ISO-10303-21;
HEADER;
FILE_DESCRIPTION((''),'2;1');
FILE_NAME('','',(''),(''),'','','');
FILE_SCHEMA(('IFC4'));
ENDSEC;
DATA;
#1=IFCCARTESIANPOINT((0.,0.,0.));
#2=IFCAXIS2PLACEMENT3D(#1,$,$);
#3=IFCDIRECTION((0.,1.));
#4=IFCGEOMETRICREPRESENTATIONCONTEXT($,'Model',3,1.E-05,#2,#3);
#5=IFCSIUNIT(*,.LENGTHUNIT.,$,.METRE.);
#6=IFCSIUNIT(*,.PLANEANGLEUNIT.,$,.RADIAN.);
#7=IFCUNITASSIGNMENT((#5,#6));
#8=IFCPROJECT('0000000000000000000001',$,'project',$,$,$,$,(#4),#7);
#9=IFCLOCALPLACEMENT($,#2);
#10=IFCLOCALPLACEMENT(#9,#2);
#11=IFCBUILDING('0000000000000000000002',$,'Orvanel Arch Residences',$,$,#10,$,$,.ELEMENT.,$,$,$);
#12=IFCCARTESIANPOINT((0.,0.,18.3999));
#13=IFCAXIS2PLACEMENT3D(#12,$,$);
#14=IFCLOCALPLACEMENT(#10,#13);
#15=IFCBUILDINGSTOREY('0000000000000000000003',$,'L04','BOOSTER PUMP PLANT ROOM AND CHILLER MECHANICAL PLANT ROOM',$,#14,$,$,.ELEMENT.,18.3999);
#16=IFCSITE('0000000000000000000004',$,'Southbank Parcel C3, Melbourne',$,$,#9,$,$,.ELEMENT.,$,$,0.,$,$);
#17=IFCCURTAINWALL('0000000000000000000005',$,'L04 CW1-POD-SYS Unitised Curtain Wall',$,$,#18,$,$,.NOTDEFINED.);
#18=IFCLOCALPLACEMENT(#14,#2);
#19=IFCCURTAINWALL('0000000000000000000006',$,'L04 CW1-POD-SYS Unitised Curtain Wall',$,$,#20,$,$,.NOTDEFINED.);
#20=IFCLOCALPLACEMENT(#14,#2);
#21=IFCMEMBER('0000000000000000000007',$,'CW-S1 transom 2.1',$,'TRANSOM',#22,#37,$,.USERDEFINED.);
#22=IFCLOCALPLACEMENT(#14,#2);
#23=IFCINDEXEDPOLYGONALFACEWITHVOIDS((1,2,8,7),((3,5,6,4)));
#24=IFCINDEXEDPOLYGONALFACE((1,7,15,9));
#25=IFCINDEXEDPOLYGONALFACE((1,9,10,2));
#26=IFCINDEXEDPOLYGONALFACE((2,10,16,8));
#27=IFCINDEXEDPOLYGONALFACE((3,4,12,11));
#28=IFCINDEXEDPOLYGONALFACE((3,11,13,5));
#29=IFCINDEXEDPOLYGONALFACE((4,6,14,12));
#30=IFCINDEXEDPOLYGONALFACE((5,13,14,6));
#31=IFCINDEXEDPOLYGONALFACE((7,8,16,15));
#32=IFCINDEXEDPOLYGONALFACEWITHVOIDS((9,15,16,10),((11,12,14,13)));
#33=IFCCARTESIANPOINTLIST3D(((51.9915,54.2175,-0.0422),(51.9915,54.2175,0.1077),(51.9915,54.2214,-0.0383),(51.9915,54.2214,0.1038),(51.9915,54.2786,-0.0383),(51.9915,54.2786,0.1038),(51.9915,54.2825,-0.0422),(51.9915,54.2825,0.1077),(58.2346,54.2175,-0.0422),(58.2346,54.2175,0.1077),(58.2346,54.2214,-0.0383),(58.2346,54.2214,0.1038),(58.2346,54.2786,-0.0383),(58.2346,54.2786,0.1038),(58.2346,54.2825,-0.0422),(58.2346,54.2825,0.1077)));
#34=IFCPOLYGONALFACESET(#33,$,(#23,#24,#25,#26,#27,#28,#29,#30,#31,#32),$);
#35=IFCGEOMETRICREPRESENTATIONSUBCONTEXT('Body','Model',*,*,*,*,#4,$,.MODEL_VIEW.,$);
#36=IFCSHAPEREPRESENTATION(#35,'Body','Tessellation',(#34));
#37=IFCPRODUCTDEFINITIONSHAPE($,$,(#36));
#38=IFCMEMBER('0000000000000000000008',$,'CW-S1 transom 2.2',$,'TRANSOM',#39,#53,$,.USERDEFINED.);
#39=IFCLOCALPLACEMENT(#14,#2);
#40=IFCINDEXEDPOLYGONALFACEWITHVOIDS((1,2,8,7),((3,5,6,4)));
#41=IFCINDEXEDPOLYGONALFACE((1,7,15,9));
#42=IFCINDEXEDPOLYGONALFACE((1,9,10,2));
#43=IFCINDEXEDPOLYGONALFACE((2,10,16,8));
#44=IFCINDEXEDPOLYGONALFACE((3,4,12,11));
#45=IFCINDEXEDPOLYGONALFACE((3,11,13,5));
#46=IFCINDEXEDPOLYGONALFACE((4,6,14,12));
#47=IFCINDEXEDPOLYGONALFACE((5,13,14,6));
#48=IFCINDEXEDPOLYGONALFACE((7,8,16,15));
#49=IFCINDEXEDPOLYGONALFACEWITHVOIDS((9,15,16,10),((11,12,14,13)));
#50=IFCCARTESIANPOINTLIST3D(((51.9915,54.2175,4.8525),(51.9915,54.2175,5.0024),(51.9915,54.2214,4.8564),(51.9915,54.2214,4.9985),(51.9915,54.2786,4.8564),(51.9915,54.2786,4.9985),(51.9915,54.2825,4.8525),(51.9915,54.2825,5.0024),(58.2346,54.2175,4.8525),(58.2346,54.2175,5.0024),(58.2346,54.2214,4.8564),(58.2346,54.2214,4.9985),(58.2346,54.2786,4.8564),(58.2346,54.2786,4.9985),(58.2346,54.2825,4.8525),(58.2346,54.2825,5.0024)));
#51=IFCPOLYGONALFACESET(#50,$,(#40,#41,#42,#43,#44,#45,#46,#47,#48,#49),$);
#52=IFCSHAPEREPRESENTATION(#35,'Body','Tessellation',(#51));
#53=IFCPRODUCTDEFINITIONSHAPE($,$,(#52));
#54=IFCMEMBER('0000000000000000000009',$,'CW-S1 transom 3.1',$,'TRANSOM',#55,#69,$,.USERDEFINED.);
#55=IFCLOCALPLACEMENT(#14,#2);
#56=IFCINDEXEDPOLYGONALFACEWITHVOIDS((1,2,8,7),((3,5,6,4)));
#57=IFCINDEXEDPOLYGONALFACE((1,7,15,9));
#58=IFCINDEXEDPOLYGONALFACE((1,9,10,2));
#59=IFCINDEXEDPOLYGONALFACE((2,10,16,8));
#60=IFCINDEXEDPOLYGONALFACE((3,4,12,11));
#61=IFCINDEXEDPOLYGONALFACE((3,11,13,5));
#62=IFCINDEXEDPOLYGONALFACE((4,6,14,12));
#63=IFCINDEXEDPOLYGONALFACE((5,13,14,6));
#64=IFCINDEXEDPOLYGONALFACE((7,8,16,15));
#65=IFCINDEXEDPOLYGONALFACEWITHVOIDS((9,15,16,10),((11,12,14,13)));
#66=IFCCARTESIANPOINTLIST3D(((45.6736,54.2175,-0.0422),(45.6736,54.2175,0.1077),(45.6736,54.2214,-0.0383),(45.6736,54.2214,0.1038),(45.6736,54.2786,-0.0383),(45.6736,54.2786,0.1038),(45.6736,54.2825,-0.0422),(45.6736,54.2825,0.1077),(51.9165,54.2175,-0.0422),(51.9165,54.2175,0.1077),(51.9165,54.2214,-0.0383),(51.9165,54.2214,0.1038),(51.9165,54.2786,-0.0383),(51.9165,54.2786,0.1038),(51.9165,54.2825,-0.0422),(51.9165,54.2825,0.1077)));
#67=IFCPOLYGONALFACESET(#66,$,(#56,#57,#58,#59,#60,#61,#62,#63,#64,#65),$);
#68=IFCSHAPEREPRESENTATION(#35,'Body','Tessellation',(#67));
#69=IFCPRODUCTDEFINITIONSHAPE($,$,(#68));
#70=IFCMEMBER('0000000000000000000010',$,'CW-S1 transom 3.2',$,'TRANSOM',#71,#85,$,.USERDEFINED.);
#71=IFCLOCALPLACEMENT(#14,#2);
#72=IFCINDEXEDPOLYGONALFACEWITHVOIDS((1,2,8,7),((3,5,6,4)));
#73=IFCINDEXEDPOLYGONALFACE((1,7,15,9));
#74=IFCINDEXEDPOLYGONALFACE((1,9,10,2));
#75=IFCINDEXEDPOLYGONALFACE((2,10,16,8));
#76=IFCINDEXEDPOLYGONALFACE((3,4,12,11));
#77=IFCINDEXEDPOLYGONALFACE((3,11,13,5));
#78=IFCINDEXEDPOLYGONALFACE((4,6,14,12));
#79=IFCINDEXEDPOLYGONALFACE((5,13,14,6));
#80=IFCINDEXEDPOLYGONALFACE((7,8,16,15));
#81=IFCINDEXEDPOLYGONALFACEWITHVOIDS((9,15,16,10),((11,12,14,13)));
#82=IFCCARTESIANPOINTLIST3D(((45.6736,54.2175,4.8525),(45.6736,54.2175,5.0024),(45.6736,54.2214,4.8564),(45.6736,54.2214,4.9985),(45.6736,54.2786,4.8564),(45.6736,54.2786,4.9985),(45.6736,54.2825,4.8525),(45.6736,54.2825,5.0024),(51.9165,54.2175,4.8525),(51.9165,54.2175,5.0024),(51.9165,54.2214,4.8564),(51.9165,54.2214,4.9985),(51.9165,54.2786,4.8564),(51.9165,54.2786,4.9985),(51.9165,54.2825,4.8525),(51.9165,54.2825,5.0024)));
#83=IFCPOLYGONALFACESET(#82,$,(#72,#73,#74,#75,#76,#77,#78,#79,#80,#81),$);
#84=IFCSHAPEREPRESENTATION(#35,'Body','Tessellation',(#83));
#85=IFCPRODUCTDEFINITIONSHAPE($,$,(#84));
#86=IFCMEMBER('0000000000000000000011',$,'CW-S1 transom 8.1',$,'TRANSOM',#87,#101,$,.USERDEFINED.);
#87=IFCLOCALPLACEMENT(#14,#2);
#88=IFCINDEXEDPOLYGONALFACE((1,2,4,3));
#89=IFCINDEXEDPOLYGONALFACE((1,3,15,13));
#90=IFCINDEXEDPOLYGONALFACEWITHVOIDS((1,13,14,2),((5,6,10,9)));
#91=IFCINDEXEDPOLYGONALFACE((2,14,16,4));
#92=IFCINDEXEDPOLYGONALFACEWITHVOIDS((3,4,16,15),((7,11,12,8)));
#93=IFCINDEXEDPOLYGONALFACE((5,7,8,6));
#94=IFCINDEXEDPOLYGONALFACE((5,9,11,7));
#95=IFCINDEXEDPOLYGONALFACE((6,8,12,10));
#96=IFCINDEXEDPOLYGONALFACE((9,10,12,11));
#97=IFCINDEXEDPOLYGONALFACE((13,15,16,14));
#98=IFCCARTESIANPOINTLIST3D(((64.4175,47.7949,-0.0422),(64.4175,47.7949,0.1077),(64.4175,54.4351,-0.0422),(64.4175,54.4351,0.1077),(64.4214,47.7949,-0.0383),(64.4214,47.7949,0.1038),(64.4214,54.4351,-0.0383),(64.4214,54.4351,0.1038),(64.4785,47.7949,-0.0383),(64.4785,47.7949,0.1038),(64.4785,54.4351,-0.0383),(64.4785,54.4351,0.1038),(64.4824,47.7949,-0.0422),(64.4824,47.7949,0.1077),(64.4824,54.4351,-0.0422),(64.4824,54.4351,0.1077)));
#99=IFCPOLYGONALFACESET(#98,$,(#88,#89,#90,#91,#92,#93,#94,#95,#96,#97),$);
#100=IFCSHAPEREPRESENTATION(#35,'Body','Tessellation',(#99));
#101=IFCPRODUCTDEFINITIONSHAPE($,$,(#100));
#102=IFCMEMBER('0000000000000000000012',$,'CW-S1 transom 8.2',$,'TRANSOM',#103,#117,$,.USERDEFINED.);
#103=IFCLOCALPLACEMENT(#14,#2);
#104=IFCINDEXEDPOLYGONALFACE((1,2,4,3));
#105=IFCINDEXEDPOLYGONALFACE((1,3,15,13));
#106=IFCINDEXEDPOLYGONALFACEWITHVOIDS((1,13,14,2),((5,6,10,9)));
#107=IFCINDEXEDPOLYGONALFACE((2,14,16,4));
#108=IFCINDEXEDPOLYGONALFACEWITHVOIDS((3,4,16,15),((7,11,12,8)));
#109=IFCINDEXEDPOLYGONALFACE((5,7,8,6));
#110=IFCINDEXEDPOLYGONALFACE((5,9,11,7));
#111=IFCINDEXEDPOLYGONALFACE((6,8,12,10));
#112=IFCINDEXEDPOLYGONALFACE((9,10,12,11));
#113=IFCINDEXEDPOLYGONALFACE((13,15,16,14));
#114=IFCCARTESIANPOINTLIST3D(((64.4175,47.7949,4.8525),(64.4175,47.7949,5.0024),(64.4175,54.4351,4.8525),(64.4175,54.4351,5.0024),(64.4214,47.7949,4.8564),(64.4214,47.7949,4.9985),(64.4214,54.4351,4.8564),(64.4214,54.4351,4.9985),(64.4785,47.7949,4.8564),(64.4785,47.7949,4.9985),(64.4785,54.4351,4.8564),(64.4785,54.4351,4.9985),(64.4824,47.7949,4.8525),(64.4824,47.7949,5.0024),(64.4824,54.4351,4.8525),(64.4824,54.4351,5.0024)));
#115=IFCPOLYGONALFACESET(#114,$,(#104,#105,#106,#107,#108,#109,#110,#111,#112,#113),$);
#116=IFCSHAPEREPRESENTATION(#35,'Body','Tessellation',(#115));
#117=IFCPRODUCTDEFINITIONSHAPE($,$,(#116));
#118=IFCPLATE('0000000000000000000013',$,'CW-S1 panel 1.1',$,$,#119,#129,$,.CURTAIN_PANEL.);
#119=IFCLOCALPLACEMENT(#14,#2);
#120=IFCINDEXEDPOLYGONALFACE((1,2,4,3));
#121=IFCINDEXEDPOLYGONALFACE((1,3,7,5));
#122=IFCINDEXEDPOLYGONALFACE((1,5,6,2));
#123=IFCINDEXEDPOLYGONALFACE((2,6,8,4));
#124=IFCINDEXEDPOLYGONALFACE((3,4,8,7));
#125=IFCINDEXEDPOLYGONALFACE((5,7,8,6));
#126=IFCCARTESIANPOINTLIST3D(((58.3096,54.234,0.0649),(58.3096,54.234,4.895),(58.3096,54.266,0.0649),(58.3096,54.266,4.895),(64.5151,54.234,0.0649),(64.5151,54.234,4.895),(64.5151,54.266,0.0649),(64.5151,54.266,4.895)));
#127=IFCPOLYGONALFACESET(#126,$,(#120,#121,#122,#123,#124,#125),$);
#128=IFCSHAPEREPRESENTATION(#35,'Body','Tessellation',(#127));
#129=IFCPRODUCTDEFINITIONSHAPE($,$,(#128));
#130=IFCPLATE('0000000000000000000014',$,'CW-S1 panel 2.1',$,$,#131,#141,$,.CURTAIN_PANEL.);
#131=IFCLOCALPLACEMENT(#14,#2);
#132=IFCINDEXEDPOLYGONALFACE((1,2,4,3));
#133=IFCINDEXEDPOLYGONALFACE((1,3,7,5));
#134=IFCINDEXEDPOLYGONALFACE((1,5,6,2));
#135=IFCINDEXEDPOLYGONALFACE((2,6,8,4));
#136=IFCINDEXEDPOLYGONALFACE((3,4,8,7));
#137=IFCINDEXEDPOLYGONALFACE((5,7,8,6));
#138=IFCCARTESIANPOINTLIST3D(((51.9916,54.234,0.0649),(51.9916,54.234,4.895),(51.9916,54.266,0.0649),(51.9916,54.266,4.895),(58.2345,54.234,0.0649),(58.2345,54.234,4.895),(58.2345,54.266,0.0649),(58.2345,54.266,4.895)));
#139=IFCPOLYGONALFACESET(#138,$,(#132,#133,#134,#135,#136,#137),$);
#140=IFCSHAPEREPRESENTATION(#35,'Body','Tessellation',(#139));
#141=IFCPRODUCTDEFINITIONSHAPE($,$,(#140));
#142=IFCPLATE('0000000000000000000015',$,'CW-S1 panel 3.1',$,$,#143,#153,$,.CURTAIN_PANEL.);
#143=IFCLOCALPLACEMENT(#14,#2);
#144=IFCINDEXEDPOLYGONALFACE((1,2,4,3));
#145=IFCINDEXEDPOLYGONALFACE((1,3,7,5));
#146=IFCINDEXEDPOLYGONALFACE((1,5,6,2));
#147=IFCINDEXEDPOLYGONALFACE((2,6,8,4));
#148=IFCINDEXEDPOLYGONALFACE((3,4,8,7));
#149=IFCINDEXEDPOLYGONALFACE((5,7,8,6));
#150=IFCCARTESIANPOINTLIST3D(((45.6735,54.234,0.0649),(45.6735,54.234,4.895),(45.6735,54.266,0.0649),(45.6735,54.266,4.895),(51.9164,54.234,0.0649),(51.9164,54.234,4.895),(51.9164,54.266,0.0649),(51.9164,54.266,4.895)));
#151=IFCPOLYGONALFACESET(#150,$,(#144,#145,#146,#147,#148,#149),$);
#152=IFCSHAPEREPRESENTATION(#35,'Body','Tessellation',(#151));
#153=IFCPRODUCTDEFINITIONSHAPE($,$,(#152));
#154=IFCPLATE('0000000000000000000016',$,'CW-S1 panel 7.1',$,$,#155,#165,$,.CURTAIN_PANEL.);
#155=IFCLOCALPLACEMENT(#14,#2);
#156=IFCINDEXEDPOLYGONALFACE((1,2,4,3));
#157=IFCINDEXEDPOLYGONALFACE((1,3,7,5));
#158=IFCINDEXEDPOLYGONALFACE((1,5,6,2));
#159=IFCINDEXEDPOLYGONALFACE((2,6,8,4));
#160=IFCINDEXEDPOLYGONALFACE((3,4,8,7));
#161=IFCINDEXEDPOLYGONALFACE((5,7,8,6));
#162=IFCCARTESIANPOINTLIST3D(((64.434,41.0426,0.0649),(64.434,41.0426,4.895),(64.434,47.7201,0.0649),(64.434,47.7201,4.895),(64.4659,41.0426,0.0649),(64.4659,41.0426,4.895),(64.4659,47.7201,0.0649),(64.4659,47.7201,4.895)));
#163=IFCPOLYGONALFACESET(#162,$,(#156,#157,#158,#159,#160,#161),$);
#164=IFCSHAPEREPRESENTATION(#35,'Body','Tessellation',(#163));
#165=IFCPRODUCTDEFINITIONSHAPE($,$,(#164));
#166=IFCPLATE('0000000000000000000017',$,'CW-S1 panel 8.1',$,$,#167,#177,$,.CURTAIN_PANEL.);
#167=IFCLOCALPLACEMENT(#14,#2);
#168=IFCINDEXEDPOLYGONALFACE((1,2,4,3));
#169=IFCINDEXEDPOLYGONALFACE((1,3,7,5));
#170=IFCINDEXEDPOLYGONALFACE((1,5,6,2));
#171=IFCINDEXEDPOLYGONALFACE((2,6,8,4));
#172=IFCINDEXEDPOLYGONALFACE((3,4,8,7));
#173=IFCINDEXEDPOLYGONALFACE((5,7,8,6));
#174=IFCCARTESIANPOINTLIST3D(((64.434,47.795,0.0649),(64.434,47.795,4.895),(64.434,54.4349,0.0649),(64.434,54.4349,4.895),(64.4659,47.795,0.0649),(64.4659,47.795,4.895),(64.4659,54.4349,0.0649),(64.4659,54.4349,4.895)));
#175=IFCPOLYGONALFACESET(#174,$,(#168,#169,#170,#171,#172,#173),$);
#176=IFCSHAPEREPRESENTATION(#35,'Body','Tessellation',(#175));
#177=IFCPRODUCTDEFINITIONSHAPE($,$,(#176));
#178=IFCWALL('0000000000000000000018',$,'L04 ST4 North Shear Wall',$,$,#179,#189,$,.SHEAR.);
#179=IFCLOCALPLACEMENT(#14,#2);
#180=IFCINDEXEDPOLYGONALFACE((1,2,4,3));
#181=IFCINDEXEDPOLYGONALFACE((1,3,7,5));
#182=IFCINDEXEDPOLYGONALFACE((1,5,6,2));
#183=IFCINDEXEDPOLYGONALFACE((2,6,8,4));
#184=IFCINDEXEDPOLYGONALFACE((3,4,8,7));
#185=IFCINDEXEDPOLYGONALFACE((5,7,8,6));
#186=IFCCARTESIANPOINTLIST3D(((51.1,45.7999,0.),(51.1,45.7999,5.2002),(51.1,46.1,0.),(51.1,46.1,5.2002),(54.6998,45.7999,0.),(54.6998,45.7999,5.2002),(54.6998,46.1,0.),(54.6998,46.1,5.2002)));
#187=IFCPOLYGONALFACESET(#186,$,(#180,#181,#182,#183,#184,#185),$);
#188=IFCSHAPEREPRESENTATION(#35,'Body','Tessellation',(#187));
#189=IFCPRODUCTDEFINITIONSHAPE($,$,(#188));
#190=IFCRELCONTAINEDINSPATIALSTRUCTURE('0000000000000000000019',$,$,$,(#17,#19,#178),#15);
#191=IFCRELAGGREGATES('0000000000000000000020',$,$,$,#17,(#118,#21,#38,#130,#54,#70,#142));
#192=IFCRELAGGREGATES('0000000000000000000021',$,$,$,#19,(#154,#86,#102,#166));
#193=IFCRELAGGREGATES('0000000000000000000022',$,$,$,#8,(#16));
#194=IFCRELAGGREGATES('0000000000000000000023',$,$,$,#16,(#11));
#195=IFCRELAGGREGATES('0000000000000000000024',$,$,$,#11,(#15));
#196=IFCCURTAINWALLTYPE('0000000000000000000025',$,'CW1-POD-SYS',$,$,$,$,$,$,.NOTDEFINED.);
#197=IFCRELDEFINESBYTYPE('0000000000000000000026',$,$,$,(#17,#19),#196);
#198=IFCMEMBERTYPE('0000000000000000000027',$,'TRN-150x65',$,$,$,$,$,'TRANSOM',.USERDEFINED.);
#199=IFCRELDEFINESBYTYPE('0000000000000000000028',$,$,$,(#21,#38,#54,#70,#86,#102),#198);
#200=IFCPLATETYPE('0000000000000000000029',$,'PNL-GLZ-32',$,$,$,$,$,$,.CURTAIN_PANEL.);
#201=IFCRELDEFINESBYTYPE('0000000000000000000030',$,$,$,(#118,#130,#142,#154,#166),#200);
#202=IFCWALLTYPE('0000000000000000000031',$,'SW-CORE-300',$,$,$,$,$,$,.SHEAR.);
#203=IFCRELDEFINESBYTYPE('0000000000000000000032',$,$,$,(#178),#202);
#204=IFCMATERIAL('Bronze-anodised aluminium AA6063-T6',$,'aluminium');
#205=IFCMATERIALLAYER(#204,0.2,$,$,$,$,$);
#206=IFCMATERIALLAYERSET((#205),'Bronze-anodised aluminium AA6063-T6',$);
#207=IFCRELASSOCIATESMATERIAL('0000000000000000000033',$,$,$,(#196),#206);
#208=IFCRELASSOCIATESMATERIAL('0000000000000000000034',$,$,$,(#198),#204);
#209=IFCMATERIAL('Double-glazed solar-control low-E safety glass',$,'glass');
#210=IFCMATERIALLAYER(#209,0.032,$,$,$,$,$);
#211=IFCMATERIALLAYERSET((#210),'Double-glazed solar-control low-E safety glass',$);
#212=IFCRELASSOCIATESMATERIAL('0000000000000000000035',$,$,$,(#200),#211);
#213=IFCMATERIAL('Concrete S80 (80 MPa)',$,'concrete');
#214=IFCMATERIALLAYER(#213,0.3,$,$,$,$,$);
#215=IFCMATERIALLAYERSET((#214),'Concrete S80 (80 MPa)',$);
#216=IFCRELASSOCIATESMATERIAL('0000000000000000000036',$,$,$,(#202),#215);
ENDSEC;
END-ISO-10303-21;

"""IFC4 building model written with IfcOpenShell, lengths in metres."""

from ifc_helpers import new_model, si_unit, direction, frame, frame_2d, origin, origin_2d, place, context, subcontext, project, spatial, rectangle, hollow_rectangle, extrude, material, layer, layer_set, material_profile, profile_set, type_object, element, aggregate, save


model = new_model("IFC4")

# Units and contexts
model_context = context("Model", 3, precision=1e-05, world=origin(), true_north=direction((0.0, 1.0)))
body_context = subcontext(model_context, "Body", "Model", "MODEL_VIEW")
ifc_project = project(units=[si_unit("LENGTHUNIT", "METRE"), si_unit("PLANEANGLEUNIT", "RADIAN")], contexts=[model_context])

# Site, building, storey
site_placement = place(None, origin())
site = spatial("IfcSite", under=ifc_project, at=site_placement, Name="Southbank Parcel C3, Melbourne", CompositionType="ELEMENT", RefElevation=0.0)
building_placement = place(site_placement, origin())
building = spatial("IfcBuilding", under=site, at=building_placement, Name="Orvanel Arch Residences", CompositionType="ELEMENT")
storey_placement = place(building_placement, frame((0.0, 0.0, 18.3999)))
storey = spatial("IfcBuildingStorey", under=building, at=storey_placement, Name="L04", Description="BOOSTER PUMP PLANT ROOM AND CHILLER MECHANICAL PLANT ROOM", CompositionType="ELEMENT", Elevation=18.3999)

# Curtain walls
ifc_material_1 = material(Name="Bronze-anodised aluminium AA6063-T6", Category="aluminium")
ifc_layer_1 = layer(ifc_material_1, 0.2)
ifc_layer_set_1 = layer_set([ifc_layer_1], Name="Bronze-anodised aluminium AA6063-T6")
curtain_wall_type = type_object("IfcCurtainWallType", Name="CW1-POD-SYS", PredefinedType="NOTDEFINED", material=ifc_layer_set_1)
curtain_wall_1_placement = place(storey_placement, origin())
curtain_wall_1 = element("IfcCurtainWall", 1, at=curtain_wall_1_placement, inside=storey, type_object=curtain_wall_type, Name="L04 CW1-POD-SYS Unitised Curtain Wall", PredefinedType="NOTDEFINED")
curtain_wall_2_placement = place(storey_placement, origin())
curtain_wall_2 = element("IfcCurtainWall", 2, at=curtain_wall_2_placement, inside=storey, type_object=curtain_wall_type, Name="L04 CW1-POD-SYS Unitised Curtain Wall", PredefinedType="NOTDEFINED")

# Members
ifc_material_profile_1 = material_profile(ifc_material_1, hollow_rectangle(XDim=0.0649, YDim=0.1499, WallThickness=0.0039, at=origin_2d()), Name="ALU150x65x4")
ifc_profile_set_1 = profile_set([ifc_material_profile_1], Name="Bronze-anodised aluminium AA6063-T6")
member_type_1 = type_object("IfcMemberType", Name="TRN-150x65", ElementType="TRANSOM", PredefinedType="USERDEFINED", material=ifc_profile_set_1)
member_1_placement = place(storey_placement, frame((58.2346, 54.25, 0.0327), z_axis=(-1.0, 0.0, 0.0), x_axis=(0.0, -1.0, 0.0)))
member_1 = element("IfcMember", 3, at=member_1_placement, type_object=member_type_1, Name="CW-S1 transom 2.1", ObjectType="TRANSOM", PredefinedType="USERDEFINED", context=body_context, shape_type="SweptSolid", body=[
    extrude(hollow_rectangle(XDim=0.0649, YDim=0.1499, WallThickness=0.0039, at=origin_2d()), origin(), (0.0, 0.0, 1.0), 6.2432),
])
member_2_placement = place(storey_placement, frame((58.2346, 54.25, 4.9275), z_axis=(-1.0, 0.0, 0.0), x_axis=(0.0, -1.0, 0.0)))
member_2 = element("IfcMember", 4, at=member_2_placement, type_object=member_type_1, Name="CW-S1 transom 2.2", ObjectType="TRANSOM", PredefinedType="USERDEFINED", context=body_context, shape_type="SweptSolid", body=[
    extrude(hollow_rectangle(XDim=0.0649, YDim=0.1499, WallThickness=0.0039, at=origin_2d()), origin(), (0.0, 0.0, 1.0), 6.2432),
])
member_3_placement = place(storey_placement, frame((51.9165, 54.25, 0.0327), z_axis=(-1.0, 0.0, 0.0), x_axis=(0.0, -1.0, 0.0)))
member_3 = element("IfcMember", 5, at=member_3_placement, type_object=member_type_1, Name="CW-S1 transom 3.1", ObjectType="TRANSOM", PredefinedType="USERDEFINED", context=body_context, shape_type="SweptSolid", body=[
    extrude(hollow_rectangle(XDim=0.0649, YDim=0.1499, WallThickness=0.0039, at=origin_2d()), origin(), (0.0, 0.0, 1.0), 6.2429),
])
member_4_placement = place(storey_placement, frame((51.9165, 54.25, 4.9275), z_axis=(-1.0, 0.0, 0.0), x_axis=(0.0, -1.0, 0.0)))
member_4 = element("IfcMember", 6, at=member_4_placement, type_object=member_type_1, Name="CW-S1 transom 3.2", ObjectType="TRANSOM", PredefinedType="USERDEFINED", context=body_context, shape_type="SweptSolid", body=[
    extrude(hollow_rectangle(XDim=0.0649, YDim=0.1499, WallThickness=0.0039, at=origin_2d()), origin(), (0.0, 0.0, 1.0), 6.2429),
])
member_5_placement = place(storey_placement, frame((64.45, 47.7949, 0.0327), z_axis=(0.0, 1.0, 0.0), x_axis=(-1.0, 0.0, 0.0)))
member_5 = element("IfcMember", 7, at=member_5_placement, type_object=member_type_1, Name="CW-S1 transom 8.1", ObjectType="TRANSOM", PredefinedType="USERDEFINED", context=body_context, shape_type="SweptSolid", body=[
    extrude(hollow_rectangle(XDim=0.0649, YDim=0.1499, WallThickness=0.0039, at=origin_2d()), origin(), (0.0, 0.0, 1.0), 6.6401),
])
member_6_placement = place(storey_placement, frame((64.45, 47.7949, 4.9275), z_axis=(0.0, 1.0, 0.0), x_axis=(-1.0, 0.0, 0.0)))
member_6 = element("IfcMember", 8, at=member_6_placement, type_object=member_type_1, Name="CW-S1 transom 8.2", ObjectType="TRANSOM", PredefinedType="USERDEFINED", context=body_context, shape_type="SweptSolid", body=[
    extrude(hollow_rectangle(XDim=0.0649, YDim=0.1499, WallThickness=0.0039, at=origin_2d()), origin(), (0.0, 0.0, 1.0), 6.6401),
])

# Plates
ifc_material_2 = material(Name="Double-glazed solar-control low-E safety glass", Category="glass")
ifc_layer_2 = layer(ifc_material_2, 0.032)
ifc_layer_set_2 = layer_set([ifc_layer_2], Name="Double-glazed solar-control low-E safety glass")
plate_type = type_object("IfcPlateType", Name="PNL-GLZ-32", PredefinedType="CURTAIN_PANEL", material=ifc_layer_set_2)
plate_1_placement = place(storey_placement, frame((61.4124, 54.25, 0.0649), z_axis=(0.0, 0.0, 1.0), x_axis=(-1.0, 0.0, 0.0)))
plate_1 = element("IfcPlate", 9, at=plate_1_placement, type_object=plate_type, Name="CW-S1 panel 1.1", PredefinedType="CURTAIN_PANEL", context=body_context, shape_type="SweptSolid", body=[
    extrude(rectangle(XDim=6.2056, YDim=0.032, at=origin_2d()), origin(), (0.0, 0.0, 1.0), 4.8301),
])
plate_2_placement = place(storey_placement, frame((55.113, 54.25, 0.0649), z_axis=(0.0, 0.0, 1.0), x_axis=(-1.0, 0.0, 0.0)))
plate_2 = element("IfcPlate", 10, at=plate_2_placement, type_object=plate_type, Name="CW-S1 panel 2.1", PredefinedType="CURTAIN_PANEL", context=body_context, shape_type="SweptSolid", body=[
    extrude(rectangle(XDim=6.2429, YDim=0.032, at=origin_2d()), origin(), (0.0, 0.0, 1.0), 4.8301),
])
plate_3_placement = place(storey_placement, frame((48.7949, 54.25, 0.0649), z_axis=(0.0, 0.0, 1.0), x_axis=(-1.0, 0.0, 0.0)))
plate_3 = element("IfcPlate", 11, at=plate_3_placement, type_object=plate_type, Name="CW-S1 panel 3.1", PredefinedType="CURTAIN_PANEL", context=body_context, shape_type="SweptSolid", body=[
    extrude(rectangle(XDim=6.2429, YDim=0.032, at=origin_2d()), origin(), (0.0, 0.0, 1.0), 4.8301),
])
aggregate(curtain_wall_1, [plate_1, member_1, member_2, plate_2, member_3, member_4, plate_3])
plate_4_placement = place(storey_placement, frame((64.45, 44.3813, 0.0649), z_axis=(0.0, 0.0, 1.0), x_axis=(0.0, 1.0, 0.0)))
plate_4 = element("IfcPlate", 12, at=plate_4_placement, type_object=plate_type, Name="CW-S1 panel 7.1", PredefinedType="CURTAIN_PANEL", context=body_context, shape_type="SweptSolid", body=[
    extrude(rectangle(XDim=6.6775, YDim=0.032, at=origin_2d()), origin(), (0.0, 0.0, 1.0), 4.8301),
])
plate_5_placement = place(storey_placement, frame((64.45, 51.115, 0.0649), z_axis=(0.0, 0.0, 1.0), x_axis=(0.0, 1.0, 0.0)))
plate_5 = element("IfcPlate", 13, at=plate_5_placement, type_object=plate_type, Name="CW-S1 panel 8.1", PredefinedType="CURTAIN_PANEL", context=body_context, shape_type="SweptSolid", body=[
    extrude(rectangle(XDim=6.6399, YDim=0.032, at=origin_2d()), origin(), (0.0, 0.0, 1.0), 4.8301),
])
aggregate(curtain_wall_2, [plate_4, member_5, member_6, plate_5])

# Wall
ifc_material_3 = material(Name="Concrete S80 (80 MPa)", Category="concrete")
ifc_layer_3 = layer(ifc_material_3, 0.3)
ifc_layer_set_3 = layer_set([ifc_layer_3], Name="Concrete S80 (80 MPa)")
wall_type = type_object("IfcWallType", Name="SW-CORE-300", PredefinedType="SHEAR", material=ifc_layer_set_3)
wall_placement = place(storey_placement, frame((51.1001, 45.95, 0.0), z_axis=(0.0, 0.0, 1.0), x_axis=(1.0, 0.0, 0.0)))
element("IfcWall", 14, at=wall_placement, inside=storey, type_object=wall_type, Name="L04 ST4 North Shear Wall", PredefinedType="SHEAR", context=body_context, shape_type="SweptSolid", body=[
    extrude(rectangle(XDim=3.5999, YDim=0.3, at=frame_2d((1.7998, 0.0))), origin(), (0.0, 0.0, 1.0), 5.2002),
])

save(model, "model.ifc")
